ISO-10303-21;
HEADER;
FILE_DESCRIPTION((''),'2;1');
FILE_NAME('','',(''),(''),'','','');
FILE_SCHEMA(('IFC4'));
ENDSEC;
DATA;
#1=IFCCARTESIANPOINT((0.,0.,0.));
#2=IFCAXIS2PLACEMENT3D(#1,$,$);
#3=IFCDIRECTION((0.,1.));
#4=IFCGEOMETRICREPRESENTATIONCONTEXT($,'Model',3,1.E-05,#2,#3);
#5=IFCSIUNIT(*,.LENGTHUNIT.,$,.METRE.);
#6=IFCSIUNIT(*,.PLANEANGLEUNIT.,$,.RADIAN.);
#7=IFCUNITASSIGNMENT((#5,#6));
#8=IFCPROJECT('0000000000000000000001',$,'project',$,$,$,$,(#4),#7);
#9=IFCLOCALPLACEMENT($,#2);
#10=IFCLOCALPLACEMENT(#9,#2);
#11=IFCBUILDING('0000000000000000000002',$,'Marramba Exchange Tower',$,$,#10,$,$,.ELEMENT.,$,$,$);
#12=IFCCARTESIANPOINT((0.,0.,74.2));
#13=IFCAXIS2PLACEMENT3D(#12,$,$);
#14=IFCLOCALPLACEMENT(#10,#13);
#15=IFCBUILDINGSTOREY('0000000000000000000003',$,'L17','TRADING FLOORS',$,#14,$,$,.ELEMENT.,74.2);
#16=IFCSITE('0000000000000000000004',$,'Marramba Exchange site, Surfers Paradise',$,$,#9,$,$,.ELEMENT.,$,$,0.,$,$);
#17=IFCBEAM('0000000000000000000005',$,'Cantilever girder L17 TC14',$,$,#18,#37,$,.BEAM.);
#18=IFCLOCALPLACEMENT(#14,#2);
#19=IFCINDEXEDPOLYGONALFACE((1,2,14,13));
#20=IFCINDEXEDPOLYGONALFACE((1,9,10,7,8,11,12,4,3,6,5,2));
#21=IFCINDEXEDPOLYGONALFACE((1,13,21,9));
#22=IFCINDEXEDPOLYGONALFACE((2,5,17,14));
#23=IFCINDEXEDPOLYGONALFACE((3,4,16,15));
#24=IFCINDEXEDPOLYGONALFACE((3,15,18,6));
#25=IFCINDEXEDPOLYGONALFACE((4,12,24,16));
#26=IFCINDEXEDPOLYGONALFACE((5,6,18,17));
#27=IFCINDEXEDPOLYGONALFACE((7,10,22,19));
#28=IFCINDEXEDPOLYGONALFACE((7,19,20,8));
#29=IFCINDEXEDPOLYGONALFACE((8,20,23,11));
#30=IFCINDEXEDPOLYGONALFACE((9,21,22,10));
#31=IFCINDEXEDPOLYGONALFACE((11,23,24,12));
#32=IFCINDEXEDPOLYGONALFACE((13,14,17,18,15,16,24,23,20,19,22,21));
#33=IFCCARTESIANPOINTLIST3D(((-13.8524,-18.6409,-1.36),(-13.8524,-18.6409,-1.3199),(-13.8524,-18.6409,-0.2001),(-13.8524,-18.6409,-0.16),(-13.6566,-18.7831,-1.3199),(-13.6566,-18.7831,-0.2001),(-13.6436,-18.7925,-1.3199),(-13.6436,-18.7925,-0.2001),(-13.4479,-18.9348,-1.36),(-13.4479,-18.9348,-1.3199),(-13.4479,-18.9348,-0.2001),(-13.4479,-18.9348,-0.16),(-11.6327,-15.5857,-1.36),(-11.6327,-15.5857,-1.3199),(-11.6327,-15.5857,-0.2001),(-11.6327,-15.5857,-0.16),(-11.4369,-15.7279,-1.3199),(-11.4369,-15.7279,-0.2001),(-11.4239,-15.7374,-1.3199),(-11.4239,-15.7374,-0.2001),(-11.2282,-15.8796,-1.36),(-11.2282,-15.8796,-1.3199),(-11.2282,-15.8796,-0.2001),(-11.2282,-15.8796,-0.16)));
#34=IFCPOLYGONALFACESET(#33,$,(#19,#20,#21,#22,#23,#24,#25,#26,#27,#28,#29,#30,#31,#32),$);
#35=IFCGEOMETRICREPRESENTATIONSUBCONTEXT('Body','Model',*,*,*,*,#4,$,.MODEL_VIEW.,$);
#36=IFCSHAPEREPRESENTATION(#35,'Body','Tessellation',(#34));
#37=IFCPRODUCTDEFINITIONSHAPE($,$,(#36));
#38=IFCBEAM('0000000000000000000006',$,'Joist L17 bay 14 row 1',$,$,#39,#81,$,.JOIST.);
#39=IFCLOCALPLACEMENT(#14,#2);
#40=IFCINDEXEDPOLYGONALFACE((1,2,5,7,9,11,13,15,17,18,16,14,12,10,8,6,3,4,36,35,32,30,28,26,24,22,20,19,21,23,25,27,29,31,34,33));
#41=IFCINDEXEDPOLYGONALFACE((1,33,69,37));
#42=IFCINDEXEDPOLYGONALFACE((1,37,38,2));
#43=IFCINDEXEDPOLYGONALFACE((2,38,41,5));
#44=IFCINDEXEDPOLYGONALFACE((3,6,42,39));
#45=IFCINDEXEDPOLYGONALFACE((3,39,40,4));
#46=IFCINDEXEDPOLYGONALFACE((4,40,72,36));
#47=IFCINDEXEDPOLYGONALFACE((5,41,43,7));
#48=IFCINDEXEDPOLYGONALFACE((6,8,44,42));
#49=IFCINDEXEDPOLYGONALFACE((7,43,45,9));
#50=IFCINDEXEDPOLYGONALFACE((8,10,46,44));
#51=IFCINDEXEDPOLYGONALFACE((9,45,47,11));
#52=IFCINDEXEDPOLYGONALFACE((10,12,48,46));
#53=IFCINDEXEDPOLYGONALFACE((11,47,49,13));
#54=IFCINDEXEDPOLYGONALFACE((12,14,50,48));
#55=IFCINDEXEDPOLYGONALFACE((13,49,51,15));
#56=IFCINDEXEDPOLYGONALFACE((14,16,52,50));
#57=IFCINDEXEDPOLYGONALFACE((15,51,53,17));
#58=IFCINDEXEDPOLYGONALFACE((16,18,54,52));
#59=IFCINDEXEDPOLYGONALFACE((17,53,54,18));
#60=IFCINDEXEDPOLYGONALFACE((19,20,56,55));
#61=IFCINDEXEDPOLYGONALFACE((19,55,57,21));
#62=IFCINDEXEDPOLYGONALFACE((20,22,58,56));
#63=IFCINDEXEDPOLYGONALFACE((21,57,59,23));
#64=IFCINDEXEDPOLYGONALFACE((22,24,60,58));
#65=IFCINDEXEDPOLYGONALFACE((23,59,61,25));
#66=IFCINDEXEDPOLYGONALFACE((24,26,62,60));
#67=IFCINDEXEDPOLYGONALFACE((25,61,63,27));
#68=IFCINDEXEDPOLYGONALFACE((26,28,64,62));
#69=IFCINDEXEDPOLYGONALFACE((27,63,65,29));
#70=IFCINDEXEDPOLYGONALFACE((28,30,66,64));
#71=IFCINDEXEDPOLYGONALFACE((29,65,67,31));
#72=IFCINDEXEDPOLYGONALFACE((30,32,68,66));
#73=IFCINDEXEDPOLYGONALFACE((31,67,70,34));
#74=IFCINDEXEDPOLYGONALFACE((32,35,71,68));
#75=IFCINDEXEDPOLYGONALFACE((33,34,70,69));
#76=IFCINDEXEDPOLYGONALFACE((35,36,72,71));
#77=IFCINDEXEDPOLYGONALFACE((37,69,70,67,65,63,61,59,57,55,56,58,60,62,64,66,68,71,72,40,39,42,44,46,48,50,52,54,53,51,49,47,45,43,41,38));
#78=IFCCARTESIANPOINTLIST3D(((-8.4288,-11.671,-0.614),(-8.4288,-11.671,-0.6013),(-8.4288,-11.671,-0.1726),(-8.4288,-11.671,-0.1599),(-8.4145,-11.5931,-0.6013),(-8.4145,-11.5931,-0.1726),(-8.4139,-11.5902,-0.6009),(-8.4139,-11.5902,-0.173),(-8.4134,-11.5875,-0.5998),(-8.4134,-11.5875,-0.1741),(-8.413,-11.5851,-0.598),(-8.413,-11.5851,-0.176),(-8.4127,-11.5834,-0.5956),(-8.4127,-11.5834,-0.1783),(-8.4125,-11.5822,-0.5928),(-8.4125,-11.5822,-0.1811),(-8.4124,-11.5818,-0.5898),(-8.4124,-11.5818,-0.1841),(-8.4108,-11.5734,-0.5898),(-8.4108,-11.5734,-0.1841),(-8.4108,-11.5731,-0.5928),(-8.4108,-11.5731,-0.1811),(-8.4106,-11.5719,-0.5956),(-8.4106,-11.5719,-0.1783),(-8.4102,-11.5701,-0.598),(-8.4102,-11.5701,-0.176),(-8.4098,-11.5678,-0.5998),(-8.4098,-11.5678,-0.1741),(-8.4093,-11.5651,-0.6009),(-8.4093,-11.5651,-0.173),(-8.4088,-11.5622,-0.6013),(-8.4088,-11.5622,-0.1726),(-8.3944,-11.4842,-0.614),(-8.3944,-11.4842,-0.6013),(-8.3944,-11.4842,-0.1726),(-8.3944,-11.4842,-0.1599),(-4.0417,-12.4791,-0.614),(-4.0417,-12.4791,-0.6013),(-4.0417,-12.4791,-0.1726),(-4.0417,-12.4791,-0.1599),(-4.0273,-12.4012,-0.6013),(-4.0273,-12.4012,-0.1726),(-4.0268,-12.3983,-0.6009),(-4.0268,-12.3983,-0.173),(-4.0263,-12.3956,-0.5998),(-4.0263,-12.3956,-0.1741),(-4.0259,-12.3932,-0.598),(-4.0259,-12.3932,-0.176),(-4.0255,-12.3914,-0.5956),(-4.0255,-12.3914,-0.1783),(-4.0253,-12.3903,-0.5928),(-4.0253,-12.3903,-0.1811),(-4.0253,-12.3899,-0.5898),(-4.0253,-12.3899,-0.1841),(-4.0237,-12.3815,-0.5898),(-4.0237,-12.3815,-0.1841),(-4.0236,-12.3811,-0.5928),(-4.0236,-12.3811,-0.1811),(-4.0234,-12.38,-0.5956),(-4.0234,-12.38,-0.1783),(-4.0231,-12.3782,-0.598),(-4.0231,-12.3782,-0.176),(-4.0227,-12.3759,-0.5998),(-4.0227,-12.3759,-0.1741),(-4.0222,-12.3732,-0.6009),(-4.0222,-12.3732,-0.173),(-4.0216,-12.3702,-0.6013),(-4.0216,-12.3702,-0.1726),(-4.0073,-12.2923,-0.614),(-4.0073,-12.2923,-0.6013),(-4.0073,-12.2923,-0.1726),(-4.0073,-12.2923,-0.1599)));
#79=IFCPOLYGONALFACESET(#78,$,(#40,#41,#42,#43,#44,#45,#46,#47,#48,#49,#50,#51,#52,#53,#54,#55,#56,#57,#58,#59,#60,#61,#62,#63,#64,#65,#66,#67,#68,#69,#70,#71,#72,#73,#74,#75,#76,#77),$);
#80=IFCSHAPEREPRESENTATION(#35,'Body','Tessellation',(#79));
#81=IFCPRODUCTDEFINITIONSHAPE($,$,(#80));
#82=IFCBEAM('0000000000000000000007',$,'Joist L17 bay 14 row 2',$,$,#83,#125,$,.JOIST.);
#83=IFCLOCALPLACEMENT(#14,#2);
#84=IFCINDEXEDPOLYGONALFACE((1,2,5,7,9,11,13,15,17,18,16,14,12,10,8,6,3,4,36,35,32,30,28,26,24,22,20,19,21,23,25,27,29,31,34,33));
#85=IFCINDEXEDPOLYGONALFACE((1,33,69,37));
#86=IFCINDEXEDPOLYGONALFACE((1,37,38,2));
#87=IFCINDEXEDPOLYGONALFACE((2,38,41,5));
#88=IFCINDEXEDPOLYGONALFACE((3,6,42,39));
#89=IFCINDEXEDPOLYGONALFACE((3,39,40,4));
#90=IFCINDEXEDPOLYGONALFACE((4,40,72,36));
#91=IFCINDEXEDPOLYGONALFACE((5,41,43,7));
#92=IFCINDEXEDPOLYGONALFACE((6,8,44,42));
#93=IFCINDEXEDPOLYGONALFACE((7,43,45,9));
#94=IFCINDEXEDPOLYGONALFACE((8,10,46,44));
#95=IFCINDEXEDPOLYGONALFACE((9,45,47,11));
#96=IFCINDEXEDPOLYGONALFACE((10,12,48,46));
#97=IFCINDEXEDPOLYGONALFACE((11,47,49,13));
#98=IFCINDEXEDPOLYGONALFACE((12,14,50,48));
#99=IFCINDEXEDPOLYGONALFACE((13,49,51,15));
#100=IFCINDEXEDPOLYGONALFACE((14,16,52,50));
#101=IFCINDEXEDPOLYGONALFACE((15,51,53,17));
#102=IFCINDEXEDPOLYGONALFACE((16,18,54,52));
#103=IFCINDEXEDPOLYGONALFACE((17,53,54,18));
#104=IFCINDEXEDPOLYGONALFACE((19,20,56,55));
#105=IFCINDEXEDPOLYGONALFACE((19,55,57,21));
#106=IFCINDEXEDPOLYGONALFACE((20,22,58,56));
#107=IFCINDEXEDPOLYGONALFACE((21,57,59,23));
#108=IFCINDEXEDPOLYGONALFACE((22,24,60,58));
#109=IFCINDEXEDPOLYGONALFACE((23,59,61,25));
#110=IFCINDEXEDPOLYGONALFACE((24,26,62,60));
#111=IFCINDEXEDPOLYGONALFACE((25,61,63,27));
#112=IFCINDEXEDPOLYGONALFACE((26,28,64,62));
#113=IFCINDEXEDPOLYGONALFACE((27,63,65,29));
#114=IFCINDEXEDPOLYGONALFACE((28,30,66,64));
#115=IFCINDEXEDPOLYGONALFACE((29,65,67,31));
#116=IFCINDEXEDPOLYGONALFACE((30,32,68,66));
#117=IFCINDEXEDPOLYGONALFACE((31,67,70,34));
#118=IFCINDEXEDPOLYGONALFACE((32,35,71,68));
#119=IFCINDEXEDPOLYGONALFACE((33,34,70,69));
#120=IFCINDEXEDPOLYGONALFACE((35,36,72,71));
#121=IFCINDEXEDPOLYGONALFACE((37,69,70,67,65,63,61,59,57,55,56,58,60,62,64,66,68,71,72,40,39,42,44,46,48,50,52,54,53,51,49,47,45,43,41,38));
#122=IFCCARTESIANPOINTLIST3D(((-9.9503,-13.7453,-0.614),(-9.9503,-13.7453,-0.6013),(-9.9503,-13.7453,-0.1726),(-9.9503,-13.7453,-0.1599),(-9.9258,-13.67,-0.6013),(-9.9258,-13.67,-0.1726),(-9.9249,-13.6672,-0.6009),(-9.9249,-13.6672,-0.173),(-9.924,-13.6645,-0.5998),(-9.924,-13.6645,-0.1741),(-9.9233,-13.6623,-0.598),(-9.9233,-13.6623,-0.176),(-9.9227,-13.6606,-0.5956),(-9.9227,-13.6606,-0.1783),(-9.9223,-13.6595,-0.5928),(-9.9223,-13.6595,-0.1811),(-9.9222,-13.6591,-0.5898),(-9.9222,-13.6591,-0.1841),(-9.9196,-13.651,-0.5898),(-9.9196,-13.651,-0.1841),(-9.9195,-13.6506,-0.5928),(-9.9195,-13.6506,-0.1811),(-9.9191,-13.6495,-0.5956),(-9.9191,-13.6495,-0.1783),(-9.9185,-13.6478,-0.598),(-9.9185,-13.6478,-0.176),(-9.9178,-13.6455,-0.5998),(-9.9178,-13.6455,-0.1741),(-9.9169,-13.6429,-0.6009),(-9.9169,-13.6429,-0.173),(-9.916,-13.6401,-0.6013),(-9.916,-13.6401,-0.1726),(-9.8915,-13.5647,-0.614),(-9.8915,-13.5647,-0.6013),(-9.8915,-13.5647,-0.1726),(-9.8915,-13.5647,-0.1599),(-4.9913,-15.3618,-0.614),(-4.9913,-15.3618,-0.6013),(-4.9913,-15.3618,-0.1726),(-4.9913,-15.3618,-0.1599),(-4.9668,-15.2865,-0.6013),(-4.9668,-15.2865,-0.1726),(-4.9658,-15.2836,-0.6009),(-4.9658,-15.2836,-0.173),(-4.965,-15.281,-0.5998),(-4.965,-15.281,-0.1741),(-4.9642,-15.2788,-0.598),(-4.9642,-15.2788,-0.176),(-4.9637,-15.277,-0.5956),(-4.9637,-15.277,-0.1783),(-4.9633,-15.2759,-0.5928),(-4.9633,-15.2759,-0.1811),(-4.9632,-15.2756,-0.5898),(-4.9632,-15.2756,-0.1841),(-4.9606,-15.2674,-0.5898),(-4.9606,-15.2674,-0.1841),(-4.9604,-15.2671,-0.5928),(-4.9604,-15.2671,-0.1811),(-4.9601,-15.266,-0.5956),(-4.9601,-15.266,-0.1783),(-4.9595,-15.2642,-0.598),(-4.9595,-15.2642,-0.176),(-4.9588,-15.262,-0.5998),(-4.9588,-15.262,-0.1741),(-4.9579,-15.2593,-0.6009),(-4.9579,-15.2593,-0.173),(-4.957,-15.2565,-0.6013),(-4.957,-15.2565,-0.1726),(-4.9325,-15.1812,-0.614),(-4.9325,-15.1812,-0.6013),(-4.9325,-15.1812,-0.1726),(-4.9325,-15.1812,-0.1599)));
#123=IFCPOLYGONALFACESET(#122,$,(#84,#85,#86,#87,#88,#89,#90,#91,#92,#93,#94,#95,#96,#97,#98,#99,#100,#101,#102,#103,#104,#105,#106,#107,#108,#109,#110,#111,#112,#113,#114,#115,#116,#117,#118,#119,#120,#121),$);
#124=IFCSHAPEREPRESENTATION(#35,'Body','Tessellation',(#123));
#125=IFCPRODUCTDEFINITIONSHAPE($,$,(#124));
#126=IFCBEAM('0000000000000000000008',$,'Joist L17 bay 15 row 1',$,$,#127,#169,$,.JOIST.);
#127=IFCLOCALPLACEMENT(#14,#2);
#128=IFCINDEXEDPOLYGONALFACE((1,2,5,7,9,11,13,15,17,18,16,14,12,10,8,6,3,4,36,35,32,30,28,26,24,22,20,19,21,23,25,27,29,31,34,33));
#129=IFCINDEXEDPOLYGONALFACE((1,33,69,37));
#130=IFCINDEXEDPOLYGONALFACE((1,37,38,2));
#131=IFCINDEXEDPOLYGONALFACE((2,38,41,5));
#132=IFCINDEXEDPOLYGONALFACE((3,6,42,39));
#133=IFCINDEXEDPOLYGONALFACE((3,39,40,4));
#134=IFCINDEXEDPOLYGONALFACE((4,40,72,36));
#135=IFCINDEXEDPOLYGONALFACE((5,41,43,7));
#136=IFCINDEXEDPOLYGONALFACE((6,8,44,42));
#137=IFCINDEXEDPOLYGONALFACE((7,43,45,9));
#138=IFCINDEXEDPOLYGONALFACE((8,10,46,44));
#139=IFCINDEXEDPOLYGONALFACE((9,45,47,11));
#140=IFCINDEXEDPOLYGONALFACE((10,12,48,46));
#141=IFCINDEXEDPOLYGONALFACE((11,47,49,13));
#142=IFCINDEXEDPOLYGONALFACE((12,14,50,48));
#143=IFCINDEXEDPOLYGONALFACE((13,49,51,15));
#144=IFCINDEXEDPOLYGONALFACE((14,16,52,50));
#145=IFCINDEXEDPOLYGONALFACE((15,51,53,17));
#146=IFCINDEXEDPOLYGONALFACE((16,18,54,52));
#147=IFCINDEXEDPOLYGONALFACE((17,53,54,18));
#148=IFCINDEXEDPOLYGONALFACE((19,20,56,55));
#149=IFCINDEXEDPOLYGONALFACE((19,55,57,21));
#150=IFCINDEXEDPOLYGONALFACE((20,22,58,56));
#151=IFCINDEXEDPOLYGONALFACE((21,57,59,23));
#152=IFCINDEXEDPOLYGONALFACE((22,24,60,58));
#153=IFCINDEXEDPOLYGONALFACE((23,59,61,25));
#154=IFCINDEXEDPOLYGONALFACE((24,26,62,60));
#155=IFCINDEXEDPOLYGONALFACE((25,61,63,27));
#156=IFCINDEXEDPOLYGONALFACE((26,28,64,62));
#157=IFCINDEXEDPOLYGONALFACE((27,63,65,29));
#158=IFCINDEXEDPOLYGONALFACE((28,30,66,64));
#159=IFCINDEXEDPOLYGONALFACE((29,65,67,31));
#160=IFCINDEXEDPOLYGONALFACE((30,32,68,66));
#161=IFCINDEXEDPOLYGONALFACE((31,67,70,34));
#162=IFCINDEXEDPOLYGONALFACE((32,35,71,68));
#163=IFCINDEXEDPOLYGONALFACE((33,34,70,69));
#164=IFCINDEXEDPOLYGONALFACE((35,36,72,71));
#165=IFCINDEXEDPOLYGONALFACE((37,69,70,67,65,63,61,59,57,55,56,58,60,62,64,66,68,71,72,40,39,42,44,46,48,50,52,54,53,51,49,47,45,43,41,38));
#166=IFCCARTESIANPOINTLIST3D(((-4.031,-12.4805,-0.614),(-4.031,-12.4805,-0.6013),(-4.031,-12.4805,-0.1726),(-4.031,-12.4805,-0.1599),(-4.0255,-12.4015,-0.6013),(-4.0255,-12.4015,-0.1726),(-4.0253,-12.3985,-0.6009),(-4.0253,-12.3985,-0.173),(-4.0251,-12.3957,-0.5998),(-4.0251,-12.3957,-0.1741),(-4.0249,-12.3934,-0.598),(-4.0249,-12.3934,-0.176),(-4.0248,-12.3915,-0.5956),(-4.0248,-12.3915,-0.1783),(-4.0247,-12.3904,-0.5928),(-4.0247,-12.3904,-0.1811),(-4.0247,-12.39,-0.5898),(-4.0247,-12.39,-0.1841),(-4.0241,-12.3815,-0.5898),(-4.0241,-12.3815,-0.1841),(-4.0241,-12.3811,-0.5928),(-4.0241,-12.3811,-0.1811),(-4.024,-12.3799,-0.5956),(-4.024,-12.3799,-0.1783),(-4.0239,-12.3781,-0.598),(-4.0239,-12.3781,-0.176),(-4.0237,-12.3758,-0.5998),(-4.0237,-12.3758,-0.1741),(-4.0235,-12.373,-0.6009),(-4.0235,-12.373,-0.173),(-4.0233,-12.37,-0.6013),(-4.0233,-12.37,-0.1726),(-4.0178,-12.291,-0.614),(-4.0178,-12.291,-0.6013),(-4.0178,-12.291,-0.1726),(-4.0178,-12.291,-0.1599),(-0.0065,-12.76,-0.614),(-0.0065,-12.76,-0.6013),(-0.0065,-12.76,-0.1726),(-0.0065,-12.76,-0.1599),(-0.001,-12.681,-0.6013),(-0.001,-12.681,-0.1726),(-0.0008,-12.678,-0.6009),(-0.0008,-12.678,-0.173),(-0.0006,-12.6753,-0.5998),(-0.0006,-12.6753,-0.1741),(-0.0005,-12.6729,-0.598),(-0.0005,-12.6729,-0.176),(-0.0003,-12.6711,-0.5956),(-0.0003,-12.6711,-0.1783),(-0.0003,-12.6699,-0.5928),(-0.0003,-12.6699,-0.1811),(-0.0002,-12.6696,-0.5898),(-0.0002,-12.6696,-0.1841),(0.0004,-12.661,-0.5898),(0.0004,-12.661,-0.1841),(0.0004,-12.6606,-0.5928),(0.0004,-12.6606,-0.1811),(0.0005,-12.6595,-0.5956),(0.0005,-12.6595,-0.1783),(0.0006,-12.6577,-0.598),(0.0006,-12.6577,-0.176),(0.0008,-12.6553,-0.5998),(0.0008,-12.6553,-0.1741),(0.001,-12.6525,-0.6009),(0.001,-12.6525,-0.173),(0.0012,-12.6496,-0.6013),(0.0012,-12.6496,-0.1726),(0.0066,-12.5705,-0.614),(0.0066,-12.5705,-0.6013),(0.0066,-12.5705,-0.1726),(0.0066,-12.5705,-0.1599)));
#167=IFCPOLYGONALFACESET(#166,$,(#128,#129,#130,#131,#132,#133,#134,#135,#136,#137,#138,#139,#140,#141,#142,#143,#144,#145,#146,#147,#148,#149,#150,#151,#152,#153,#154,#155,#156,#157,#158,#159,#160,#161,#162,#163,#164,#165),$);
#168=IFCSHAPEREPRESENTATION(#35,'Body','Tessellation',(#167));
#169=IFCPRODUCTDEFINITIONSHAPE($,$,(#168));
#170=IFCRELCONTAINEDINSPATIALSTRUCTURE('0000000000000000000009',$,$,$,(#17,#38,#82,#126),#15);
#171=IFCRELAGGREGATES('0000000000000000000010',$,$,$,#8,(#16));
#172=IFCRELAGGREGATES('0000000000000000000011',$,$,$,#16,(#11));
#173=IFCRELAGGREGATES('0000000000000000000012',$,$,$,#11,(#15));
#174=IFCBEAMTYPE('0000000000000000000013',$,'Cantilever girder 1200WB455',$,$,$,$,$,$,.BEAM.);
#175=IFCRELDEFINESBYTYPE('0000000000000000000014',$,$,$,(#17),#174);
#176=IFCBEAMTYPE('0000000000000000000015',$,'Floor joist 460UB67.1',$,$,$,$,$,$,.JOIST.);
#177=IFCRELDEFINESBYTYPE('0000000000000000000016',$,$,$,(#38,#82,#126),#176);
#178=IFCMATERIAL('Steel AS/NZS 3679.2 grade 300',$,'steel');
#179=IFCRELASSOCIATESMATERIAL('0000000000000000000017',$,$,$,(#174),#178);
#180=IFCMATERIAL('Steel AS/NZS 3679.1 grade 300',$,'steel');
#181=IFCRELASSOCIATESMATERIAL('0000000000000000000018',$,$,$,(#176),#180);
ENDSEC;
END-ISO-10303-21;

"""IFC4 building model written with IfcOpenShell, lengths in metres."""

from ifc_helpers import new_model, si_unit, direction, frame, origin, origin_2d, place, context, subcontext, project, spatial, i_section, extrude, material, material_profile, profile_set, type_object, element, save


model = new_model("IFC4")

# Units and contexts
model_context = context("Model", 3, precision=1e-05, world=origin(), true_north=direction((0.0, 1.0)))
body_context = subcontext(model_context, "Body", "Model", "MODEL_VIEW")
ifc_project = project(units=[si_unit("LENGTHUNIT", "METRE"), si_unit("PLANEANGLEUNIT", "RADIAN")], contexts=[model_context])

# Site, building, storey
site_placement = place(None, origin())
site = spatial("IfcSite", under=ifc_project, at=site_placement, Name="Marramba Exchange site, Surfers Paradise", CompositionType="ELEMENT", RefElevation=0.0)
building_placement = place(site_placement, origin())
building = spatial("IfcBuilding", under=site, at=building_placement, Name="Marramba Exchange Tower", CompositionType="ELEMENT")
storey_placement = place(building_placement, frame((0.0, 0.0, 74.2)))
storey = spatial("IfcBuildingStorey", under=building, at=storey_placement, Name="L17", Description="TRADING FLOORS", CompositionType="ELEMENT", Elevation=74.2)

# Beams
ifc_material_1 = material(Name="Steel AS/NZS 3679.2 grade 300", Category="steel")
ifc_material_profile_1 = material_profile(ifc_material_1, i_section(OverallWidth=0.5, OverallDepth=1.2, WebThickness=0.0161, FlangeThickness=0.04, at=origin_2d()), Name="1200WB455")
ifc_profile_set_1 = profile_set([ifc_material_profile_1], Name="Steel AS/NZS 3679.2 grade 300")
beam_type_1 = type_object("IfcBeamType", Name="Cantilever girder 1200WB455", PredefinedType="BEAM", material=ifc_profile_set_1)
beam_1_placement = place(storey_placement, frame((-11.4304, -15.7327, -0.76), z_axis=(-0.587787, -0.809016, 0.0), x_axis=(0.809016, -0.587787, 0.0)))
element("IfcBeam", 1, at=beam_1_placement, inside=storey, type_object=beam_type_1, Name="Cantilever girder L17 TC14", PredefinedType="BEAM", context=body_context, shape_type="SweptSolid", body=[
    extrude(i_section(OverallWidth=0.5, OverallDepth=1.2, WebThickness=0.0161, FlangeThickness=0.04, at=origin_2d()), origin(), (0.0, 0.0, 1.0), 3.7764),
])
ifc_material_2 = material(Name="Steel AS/NZS 3679.1 grade 300", Category="steel")
ifc_material_profile_2 = material_profile(ifc_material_2, i_section(OverallWidth=0.1899, OverallDepth=0.4541, WebThickness=0.0085, FlangeThickness=0.0127, FilletRadius=0.0115, at=origin_2d()), Name="460UB67.1")
ifc_profile_set_2 = profile_set([ifc_material_profile_2], Name="Steel AS/NZS 3679.1 grade 300")
beam_type_2 = type_object("IfcBeamType", Name="Floor joist 460UB67.1", PredefinedType="JOIST", material=ifc_profile_set_2)
beam_2_placement = place(storey_placement, frame((-8.4116, -11.5776, -0.387), z_axis=(0.983456, -0.181149, 0.0), x_axis=(0.181149, 0.983456, 0.0)))
element("IfcBeam", 2, at=beam_2_placement, inside=storey, type_object=beam_type_2, Name="Joist L17 bay 14 row 1", PredefinedType="JOIST", context=body_context, shape_type="SweptSolid", body=[
    extrude(i_section(OverallWidth=0.1899, OverallDepth=0.4541, WebThickness=0.0085, FlangeThickness=0.0127, FilletRadius=0.0115, at=origin_2d()), origin(), (0.0, 0.0, 1.0), 4.4609),
])
beam_3_placement = place(storey_placement, frame((-9.9209, -13.655, -0.387), z_axis=(0.950764, -0.309916, 0.0), x_axis=(0.309916, 0.950764, 0.0)))
element("IfcBeam", 3, at=beam_3_placement, inside=storey, type_object=beam_type_2, Name="Joist L17 bay 14 row 2", PredefinedType="JOIST", context=body_context, shape_type="SweptSolid", body=[
    extrude(i_section(OverallWidth=0.1899, OverallDepth=0.4541, WebThickness=0.0085, FlangeThickness=0.0127, FilletRadius=0.0115, at=origin_2d()), origin(), (0.0, 0.0, 1.0), 5.2158),
])
beam_4_placement = place(storey_placement, frame((-4.0244, -12.3857, -0.387), z_axis=(0.997596, -0.069294, 0.0), x_axis=(0.069294, 0.997596, 0.0)))
element("IfcBeam", 4, at=beam_4_placement, inside=storey, type_object=beam_type_2, Name="Joist L17 bay 15 row 1", PredefinedType="JOIST", context=body_context, shape_type="SweptSolid", body=[
    extrude(i_section(OverallWidth=0.1899, OverallDepth=0.4541, WebThickness=0.0085, FlangeThickness=0.0127, FilletRadius=0.0115, at=origin_2d()), origin(), (0.0, 0.0, 1.0), 4.0342),
])

save(model, "model.ifc")
